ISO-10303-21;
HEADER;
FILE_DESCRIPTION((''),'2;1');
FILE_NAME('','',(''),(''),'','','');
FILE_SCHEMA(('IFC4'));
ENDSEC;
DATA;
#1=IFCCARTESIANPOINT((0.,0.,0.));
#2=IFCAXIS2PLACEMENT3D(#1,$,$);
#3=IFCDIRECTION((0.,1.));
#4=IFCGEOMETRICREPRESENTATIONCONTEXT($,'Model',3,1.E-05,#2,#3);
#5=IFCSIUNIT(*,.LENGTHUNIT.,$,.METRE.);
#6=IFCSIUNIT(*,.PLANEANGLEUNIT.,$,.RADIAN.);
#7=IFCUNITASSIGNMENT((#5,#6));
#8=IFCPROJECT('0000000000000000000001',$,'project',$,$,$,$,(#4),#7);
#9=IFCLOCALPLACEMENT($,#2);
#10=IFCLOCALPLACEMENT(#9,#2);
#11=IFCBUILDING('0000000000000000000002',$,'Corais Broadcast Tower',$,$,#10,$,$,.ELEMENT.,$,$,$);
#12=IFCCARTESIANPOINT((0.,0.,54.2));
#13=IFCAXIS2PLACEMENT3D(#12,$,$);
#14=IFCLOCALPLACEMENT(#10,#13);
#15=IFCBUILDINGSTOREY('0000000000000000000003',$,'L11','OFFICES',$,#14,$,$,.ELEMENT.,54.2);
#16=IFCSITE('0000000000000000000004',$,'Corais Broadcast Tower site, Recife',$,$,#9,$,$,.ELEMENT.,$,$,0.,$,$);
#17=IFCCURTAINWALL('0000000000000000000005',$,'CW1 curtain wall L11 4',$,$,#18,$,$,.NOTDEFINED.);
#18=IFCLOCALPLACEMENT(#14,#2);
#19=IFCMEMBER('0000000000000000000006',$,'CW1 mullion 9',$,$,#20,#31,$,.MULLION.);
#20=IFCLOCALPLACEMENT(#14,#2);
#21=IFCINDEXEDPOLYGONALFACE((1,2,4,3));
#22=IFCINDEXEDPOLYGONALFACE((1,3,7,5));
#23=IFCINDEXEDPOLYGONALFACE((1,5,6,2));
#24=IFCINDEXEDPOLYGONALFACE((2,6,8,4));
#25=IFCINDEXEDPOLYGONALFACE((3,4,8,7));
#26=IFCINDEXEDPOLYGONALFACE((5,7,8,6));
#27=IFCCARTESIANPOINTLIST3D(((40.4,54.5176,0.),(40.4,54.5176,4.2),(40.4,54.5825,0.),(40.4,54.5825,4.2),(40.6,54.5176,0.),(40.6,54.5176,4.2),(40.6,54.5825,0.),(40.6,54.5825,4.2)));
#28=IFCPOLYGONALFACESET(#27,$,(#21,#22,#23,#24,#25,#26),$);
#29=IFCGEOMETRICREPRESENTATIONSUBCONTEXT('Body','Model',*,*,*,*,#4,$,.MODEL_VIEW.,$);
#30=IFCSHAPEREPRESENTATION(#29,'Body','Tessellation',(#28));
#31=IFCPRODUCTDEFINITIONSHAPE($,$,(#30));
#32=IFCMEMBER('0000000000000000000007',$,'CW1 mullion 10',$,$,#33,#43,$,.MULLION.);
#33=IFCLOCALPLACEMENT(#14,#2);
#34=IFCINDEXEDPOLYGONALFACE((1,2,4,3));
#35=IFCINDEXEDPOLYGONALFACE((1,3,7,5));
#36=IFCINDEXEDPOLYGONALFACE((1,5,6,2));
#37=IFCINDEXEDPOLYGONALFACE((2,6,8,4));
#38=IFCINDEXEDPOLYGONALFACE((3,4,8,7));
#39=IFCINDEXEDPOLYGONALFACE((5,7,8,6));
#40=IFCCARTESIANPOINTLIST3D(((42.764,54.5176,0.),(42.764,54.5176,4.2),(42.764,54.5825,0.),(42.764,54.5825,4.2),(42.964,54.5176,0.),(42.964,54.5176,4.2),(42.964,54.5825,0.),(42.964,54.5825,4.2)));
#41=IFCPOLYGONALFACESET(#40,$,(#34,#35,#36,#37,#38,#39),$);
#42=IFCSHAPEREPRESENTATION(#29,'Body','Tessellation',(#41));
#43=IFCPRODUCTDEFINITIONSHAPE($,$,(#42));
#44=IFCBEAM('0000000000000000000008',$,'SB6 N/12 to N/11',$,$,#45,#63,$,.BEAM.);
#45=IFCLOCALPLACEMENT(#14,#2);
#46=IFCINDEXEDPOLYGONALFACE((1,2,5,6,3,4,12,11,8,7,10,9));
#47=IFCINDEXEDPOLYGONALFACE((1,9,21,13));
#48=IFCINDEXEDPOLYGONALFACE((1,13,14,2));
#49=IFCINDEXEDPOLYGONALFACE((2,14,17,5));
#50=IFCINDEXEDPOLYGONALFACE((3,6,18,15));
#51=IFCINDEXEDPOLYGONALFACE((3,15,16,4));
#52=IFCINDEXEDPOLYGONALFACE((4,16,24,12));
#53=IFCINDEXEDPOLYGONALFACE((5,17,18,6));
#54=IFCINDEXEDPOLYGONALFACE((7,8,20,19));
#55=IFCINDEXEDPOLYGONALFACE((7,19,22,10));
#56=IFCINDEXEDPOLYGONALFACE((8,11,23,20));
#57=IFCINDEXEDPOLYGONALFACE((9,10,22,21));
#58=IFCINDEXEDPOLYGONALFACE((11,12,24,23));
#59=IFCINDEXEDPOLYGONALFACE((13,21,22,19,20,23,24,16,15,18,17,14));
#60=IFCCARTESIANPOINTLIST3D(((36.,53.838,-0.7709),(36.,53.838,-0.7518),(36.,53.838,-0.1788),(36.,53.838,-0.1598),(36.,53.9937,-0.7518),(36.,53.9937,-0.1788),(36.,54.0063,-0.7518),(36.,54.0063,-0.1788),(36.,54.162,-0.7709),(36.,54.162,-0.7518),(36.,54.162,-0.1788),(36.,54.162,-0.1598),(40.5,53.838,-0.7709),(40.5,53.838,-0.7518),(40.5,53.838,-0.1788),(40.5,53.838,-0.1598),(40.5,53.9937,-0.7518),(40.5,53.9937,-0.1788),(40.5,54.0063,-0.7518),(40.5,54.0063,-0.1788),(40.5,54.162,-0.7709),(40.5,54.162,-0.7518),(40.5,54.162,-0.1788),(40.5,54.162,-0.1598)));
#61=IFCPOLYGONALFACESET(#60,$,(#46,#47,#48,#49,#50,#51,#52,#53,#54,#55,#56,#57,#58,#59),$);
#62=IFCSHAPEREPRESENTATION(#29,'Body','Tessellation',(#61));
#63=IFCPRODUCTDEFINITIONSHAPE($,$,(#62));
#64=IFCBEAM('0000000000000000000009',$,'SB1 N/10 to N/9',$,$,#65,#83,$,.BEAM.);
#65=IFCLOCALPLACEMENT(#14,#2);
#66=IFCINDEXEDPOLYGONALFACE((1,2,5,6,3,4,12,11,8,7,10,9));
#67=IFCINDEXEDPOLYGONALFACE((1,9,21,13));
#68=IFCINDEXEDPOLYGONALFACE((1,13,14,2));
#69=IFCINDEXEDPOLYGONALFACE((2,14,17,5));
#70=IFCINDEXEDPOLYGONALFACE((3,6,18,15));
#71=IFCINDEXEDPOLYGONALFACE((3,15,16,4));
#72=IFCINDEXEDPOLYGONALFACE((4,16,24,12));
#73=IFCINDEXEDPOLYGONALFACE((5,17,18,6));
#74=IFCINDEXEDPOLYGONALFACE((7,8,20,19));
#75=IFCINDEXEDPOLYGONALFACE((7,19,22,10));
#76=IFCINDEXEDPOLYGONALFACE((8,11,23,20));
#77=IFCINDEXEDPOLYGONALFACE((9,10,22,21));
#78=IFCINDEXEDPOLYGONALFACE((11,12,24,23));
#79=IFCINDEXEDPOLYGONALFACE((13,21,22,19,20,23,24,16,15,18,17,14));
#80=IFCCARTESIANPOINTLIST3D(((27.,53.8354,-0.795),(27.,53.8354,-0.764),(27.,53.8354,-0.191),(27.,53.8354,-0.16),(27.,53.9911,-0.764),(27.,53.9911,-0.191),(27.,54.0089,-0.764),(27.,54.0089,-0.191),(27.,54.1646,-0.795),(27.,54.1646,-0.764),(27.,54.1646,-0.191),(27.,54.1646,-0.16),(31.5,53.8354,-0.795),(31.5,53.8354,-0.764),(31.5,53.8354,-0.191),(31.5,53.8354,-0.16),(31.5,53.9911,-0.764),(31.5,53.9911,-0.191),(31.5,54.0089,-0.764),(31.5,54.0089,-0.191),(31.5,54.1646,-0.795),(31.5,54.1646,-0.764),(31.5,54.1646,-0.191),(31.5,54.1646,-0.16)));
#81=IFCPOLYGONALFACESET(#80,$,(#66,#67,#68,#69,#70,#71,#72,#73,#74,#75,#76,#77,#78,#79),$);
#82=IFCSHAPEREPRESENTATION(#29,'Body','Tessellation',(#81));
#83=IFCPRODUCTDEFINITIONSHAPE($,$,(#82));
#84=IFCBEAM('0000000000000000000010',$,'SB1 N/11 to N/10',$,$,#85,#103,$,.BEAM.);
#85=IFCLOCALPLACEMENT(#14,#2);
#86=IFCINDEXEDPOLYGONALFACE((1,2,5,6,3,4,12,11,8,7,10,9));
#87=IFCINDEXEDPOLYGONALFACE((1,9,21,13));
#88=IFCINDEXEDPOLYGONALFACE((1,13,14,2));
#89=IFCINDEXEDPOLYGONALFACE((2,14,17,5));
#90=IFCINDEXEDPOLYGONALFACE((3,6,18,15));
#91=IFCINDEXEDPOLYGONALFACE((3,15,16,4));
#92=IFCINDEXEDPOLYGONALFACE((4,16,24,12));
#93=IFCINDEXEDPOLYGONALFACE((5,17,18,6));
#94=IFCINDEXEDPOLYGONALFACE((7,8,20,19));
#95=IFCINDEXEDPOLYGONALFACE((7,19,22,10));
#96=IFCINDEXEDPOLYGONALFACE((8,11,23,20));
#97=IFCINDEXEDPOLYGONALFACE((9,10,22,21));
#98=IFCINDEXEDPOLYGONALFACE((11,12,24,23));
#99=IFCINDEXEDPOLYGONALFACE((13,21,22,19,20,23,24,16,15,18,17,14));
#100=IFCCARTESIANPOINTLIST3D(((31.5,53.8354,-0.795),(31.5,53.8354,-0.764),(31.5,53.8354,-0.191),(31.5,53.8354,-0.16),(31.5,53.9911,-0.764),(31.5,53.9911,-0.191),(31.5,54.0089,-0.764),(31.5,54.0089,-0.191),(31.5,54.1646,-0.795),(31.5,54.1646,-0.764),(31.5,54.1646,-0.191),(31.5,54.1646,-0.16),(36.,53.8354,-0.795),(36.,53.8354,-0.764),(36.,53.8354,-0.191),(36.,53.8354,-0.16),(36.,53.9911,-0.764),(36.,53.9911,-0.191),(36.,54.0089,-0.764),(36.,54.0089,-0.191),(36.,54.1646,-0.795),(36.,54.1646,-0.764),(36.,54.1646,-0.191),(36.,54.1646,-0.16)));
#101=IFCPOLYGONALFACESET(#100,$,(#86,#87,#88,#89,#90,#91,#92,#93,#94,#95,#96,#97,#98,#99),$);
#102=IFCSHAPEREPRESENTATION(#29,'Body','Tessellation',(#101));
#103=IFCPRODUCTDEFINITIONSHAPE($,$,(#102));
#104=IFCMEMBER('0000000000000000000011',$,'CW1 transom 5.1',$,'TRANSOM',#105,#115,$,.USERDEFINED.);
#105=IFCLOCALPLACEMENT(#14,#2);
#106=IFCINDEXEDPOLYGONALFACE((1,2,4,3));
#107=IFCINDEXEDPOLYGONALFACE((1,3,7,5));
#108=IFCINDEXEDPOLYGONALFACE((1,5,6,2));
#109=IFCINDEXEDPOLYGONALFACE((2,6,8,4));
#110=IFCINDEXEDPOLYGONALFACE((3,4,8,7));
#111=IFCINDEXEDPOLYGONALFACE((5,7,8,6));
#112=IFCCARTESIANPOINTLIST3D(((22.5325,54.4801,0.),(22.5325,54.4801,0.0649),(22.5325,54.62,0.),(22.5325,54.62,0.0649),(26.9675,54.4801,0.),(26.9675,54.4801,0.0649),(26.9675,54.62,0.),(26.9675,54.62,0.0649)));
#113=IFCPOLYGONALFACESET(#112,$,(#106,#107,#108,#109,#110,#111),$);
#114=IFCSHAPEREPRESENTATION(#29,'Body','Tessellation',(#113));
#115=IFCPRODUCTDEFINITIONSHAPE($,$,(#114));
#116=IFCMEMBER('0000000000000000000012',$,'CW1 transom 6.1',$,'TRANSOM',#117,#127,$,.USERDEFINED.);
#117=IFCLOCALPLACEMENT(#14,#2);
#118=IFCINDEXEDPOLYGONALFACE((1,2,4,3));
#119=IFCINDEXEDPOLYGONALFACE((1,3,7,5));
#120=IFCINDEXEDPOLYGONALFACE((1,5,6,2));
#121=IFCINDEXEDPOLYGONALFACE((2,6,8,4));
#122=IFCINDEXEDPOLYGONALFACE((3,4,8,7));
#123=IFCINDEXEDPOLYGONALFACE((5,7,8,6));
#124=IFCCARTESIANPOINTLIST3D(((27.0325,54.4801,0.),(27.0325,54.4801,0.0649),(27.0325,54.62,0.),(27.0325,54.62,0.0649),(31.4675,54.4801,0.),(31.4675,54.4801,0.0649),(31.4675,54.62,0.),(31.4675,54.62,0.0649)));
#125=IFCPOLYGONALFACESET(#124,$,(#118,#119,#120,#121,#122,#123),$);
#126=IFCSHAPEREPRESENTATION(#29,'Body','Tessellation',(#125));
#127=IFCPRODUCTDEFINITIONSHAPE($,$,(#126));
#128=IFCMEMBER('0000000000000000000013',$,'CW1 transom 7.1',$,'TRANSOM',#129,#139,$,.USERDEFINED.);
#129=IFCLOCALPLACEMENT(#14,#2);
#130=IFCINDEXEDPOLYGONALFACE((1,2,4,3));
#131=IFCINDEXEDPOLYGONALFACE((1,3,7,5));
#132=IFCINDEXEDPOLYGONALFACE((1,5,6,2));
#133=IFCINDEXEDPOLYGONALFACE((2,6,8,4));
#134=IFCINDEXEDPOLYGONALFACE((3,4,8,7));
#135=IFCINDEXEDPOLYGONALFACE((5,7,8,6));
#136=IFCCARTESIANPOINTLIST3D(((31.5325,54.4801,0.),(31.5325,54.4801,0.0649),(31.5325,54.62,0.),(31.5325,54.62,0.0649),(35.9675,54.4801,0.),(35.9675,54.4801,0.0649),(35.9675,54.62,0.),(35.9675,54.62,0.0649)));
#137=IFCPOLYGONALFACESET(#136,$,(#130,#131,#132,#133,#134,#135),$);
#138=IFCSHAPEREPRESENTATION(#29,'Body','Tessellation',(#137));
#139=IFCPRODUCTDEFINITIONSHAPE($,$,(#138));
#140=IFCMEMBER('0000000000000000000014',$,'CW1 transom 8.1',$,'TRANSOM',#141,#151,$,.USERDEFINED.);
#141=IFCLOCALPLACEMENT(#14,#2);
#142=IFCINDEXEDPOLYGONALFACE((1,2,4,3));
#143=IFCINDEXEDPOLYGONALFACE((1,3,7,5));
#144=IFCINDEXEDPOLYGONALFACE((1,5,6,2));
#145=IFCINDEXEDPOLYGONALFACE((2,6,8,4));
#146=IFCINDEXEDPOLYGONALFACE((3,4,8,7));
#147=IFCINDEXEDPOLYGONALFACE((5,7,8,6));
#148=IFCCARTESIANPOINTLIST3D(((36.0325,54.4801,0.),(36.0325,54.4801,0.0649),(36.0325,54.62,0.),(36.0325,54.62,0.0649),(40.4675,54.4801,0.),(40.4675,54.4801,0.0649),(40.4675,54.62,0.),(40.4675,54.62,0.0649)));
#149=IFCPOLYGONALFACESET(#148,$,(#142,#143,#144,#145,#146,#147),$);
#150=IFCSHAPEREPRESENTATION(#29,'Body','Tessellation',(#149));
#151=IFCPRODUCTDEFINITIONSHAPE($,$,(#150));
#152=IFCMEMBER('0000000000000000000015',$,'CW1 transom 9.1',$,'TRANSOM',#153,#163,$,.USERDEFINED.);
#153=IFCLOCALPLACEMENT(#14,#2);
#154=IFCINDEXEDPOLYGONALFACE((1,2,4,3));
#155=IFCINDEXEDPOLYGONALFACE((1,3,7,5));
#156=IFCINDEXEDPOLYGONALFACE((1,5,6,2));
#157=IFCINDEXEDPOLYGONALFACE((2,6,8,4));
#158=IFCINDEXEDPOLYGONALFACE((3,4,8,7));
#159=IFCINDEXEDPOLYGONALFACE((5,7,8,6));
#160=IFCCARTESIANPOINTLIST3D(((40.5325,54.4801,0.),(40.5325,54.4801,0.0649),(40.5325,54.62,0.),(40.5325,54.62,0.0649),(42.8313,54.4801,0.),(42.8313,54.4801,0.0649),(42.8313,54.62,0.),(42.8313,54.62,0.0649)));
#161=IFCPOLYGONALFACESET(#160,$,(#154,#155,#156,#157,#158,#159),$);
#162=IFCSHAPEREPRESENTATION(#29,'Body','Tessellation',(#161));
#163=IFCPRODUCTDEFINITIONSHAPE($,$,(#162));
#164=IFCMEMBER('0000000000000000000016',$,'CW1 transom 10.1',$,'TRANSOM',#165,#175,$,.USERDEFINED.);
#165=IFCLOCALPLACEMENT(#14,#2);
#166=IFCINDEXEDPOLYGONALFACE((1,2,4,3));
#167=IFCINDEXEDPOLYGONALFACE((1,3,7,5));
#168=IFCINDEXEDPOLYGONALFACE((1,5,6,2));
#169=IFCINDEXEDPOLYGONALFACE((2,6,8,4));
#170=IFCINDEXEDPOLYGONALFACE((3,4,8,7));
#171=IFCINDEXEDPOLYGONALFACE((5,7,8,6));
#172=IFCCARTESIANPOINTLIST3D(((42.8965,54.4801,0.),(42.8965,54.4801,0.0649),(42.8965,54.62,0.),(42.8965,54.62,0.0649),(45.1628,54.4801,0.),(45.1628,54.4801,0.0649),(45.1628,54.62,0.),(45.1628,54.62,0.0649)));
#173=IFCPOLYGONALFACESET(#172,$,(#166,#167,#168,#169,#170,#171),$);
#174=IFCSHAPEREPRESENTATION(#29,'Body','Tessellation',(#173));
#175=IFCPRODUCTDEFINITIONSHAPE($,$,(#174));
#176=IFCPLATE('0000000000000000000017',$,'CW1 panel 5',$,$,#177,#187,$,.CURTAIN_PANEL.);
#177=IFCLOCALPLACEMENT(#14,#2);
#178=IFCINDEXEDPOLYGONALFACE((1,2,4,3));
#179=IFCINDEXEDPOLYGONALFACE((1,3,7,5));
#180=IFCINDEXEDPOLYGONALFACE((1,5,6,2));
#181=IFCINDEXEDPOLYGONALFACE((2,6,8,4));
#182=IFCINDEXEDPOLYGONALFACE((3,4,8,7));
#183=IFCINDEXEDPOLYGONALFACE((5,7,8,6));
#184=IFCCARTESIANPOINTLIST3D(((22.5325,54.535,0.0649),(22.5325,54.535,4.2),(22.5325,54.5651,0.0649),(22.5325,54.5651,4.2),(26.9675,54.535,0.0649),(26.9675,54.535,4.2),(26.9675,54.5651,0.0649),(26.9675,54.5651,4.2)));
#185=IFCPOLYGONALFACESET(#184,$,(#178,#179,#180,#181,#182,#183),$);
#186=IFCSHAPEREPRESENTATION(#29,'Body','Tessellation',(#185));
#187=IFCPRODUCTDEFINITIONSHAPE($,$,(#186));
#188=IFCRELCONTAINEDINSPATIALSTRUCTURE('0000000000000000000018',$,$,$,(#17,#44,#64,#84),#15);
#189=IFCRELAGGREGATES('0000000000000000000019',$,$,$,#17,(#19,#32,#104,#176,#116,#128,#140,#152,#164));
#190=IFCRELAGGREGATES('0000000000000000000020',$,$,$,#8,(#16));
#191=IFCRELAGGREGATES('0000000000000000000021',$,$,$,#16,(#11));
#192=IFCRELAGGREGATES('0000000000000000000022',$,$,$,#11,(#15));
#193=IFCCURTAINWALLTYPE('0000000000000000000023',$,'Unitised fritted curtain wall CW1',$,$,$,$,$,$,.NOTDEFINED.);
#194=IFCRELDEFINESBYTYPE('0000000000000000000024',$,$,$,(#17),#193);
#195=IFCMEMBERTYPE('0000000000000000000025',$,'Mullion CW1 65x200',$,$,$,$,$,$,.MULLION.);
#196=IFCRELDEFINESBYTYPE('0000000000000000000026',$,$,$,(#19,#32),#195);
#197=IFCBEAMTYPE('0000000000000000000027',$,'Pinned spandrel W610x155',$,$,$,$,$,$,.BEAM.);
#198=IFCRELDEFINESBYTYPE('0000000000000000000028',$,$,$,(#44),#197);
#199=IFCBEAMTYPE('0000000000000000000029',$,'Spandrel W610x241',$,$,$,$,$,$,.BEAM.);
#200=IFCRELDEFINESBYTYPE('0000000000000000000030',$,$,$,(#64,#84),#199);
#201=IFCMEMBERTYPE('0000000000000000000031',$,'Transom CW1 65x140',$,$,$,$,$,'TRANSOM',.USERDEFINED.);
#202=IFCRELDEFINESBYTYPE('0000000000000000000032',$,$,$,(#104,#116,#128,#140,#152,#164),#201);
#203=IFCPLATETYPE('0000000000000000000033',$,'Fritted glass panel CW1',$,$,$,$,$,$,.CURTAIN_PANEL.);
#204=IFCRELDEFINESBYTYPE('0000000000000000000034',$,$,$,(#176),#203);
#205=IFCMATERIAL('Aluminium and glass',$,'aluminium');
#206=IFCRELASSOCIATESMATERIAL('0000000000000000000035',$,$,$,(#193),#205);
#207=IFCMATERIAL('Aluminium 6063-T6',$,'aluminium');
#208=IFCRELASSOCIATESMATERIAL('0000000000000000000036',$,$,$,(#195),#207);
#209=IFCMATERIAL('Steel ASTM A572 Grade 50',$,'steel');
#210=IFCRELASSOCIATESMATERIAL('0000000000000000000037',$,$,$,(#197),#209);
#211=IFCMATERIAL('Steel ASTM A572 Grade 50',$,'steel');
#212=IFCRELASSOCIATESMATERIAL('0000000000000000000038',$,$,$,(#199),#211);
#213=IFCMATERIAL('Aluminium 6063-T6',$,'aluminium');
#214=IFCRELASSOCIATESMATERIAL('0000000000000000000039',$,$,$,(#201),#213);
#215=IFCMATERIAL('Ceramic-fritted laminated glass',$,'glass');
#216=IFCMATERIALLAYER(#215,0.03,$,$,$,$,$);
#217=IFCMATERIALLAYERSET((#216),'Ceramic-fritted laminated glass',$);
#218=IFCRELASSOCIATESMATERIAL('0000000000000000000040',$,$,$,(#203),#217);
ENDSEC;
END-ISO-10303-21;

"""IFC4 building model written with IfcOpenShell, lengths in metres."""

from ifc_helpers import new_model, si_unit, direction, frame, origin, origin_2d, place, context, subcontext, project, spatial, rectangle, i_section, extrude, material, layer, layer_set, material_profile, profile_set, type_object, element, aggregate, save


model = new_model("IFC4")

# Units and contexts
model_context = context("Model", 3, precision=1e-05, world=origin(), true_north=direction((0.0, 1.0)))
body_context = subcontext(model_context, "Body", "Model", "MODEL_VIEW")
ifc_project = project(units=[si_unit("LENGTHUNIT", "METRE"), si_unit("PLANEANGLEUNIT", "RADIAN")], contexts=[model_context])

# Site, building, storey
site_placement = place(None, origin())
site = spatial("IfcSite", under=ifc_project, at=site_placement, Name="Corais Broadcast Tower site, Recife", CompositionType="ELEMENT", RefElevation=0.0)
building_placement = place(site_placement, origin())
building = spatial("IfcBuilding", under=site, at=building_placement, Name="Corais Broadcast Tower", CompositionType="ELEMENT")
storey_placement = place(building_placement, frame((0.0, 0.0, 54.2)))
storey = spatial("IfcBuildingStorey", under=building, at=storey_placement, Name="L11", Description="OFFICES", CompositionType="ELEMENT", Elevation=54.2)

# Curtain wall, members
ifc_material_1 = material(Name="Aluminium and glass", Category="aluminium")
curtain_wall_type = type_object("IfcCurtainWallType", Name="Unitised fritted curtain wall CW1", PredefinedType="NOTDEFINED", material=ifc_material_1)
curtain_wall_placement = place(storey_placement, origin())
curtain_wall = element("IfcCurtainWall", 1, at=curtain_wall_placement, inside=storey, type_object=curtain_wall_type, Name="CW1 curtain wall L11 4", PredefinedType="NOTDEFINED")
ifc_material_2 = material(Name="Aluminium 6063-T6", Category="aluminium")
ifc_material_profile_1 = material_profile(ifc_material_2, rectangle(XDim=0.0649, YDim=0.2, at=origin_2d()), Name="Mullion CW1 65x200")
ifc_profile_set_1 = profile_set([ifc_material_profile_1], Name="Aluminium 6063-T6")
member_type_1 = type_object("IfcMemberType", Name="Mullion CW1 65x200", PredefinedType="MULLION", material=ifc_profile_set_1)
member_1_placement = place(storey_placement, frame((40.5, 54.55, 0.0), z_axis=(0.0, 0.0, 1.0), x_axis=(0.0, 1.0, 0.0)))
member_1 = element("IfcMember", 2, at=member_1_placement, type_object=member_type_1, Name="CW1 mullion 9", PredefinedType="MULLION", context=body_context, shape_type="SweptSolid", body=[
    extrude(rectangle(XDim=0.0649, YDim=0.2, at=origin_2d()), origin(), (0.0, 0.0, 1.0), 4.2),
])
member_2_placement = place(storey_placement, frame((42.864, 54.55, 0.0), z_axis=(0.0, 0.0, 1.0), x_axis=(0.0, 1.0, 0.0)))
member_2 = element("IfcMember", 3, at=member_2_placement, type_object=member_type_1, Name="CW1 mullion 10", PredefinedType="MULLION", context=body_context, shape_type="SweptSolid", body=[
    extrude(rectangle(XDim=0.0649, YDim=0.2, at=origin_2d()), origin(), (0.0, 0.0, 1.0), 4.2),
])

# Beams
ifc_material_3 = material(Name="Steel ASTM A572 Grade 50", Category="steel")
ifc_material_profile_2 = material_profile(ifc_material_3, i_section(OverallWidth=0.324, OverallDepth=0.6111, WebThickness=0.0127, FlangeThickness=0.019, at=origin_2d()), Name="W610x155")
ifc_profile_set_2 = profile_set([ifc_material_profile_2], Name="Steel ASTM A572 Grade 50")
beam_type_1 = type_object("IfcBeamType", Name="Pinned spandrel W610x155", PredefinedType="BEAM", material=ifc_profile_set_2)
beam_1_placement = place(storey_placement, frame((40.5, 54.0, -0.4653), z_axis=(-1.0, 0.0, 0.0), x_axis=(0.0, -1.0, 0.0)))
element("IfcBeam", 4, at=beam_1_placement, inside=storey, type_object=beam_type_1, Name="SB6 N/12 to N/11", PredefinedType="BEAM", context=body_context, shape_type="SweptSolid", body=[
    extrude(i_section(OverallWidth=0.324, OverallDepth=0.6111, WebThickness=0.0127, FlangeThickness=0.019, at=origin_2d()), origin(), (0.0, 0.0, 1.0), 4.5),
])
ifc_material_4 = material(Name="Steel ASTM A572 Grade 50", Category="steel")
ifc_material_profile_3 = material_profile(ifc_material_4, i_section(OverallWidth=0.3291, OverallDepth=0.635, WebThickness=0.0178, FlangeThickness=0.031, at=origin_2d()), Name="W610x241")
ifc_profile_set_3 = profile_set([ifc_material_profile_3], Name="Steel ASTM A572 Grade 50")
beam_type_2 = type_object("IfcBeamType", Name="Spandrel W610x241", PredefinedType="BEAM", material=ifc_profile_set_3)
for number, where, z_axis, x_axis, name in (
    (5, (31.5, 54.0, -0.4775), (-1.0, 0.0, 0.0), (0.0, -1.0, 0.0), "SB1 N/10 to N/9"),
    (6, (36.0, 54.0, -0.4775), (-1.0, 0.0, 0.0), (0.0, -1.0, 0.0), "SB1 N/11 to N/10"),
):
    element("IfcBeam", number, at=place(storey_placement, frame(where, z_axis=z_axis, x_axis=x_axis)), inside=storey, type_object=beam_type_2, Name=name, PredefinedType="BEAM", context=body_context, shape_type="SweptSolid", body=[
        extrude(i_section(OverallWidth=0.3291, OverallDepth=0.635, WebThickness=0.0178, FlangeThickness=0.031, at=origin_2d()), origin(), (0.0, 0.0, 1.0), 4.5),
    ])

# Members
ifc_material_5 = material(Name="Aluminium 6063-T6", Category="aluminium")
ifc_material_profile_4 = material_profile(ifc_material_5, rectangle(XDim=0.1399, YDim=0.0649, at=origin_2d()), Name="Transom CW1 65x140")
ifc_profile_set_4 = profile_set([ifc_material_profile_4], Name="Aluminium 6063-T6")
member_type_2 = type_object("IfcMemberType", Name="Transom CW1 65x140", ElementType="TRANSOM", PredefinedType="USERDEFINED", material=ifc_profile_set_4)
member_3_placement = place(storey_placement, frame((22.5325, 54.55, 0.0325), z_axis=(1.0, 0.0, 0.0), x_axis=(0.0, 1.0, 0.0)))
member_3 = element("IfcMember", 7, at=member_3_placement, type_object=member_type_2, Name="CW1 transom 5.1", ObjectType="TRANSOM", PredefinedType="USERDEFINED", context=body_context, shape_type="SweptSolid", body=[
    extrude(rectangle(XDim=0.1399, YDim=0.0649, at=origin_2d()), origin(), (0.0, 0.0, 1.0), 4.4351),
])
member_4_placement = place(storey_placement, frame((27.0325, 54.55, 0.0325), z_axis=(1.0, 0.0, 0.0), x_axis=(0.0, 1.0, 0.0)))
member_4 = element("IfcMember", 8, at=member_4_placement, type_object=member_type_2, Name="CW1 transom 6.1", ObjectType="TRANSOM", PredefinedType="USERDEFINED", context=body_context, shape_type="SweptSolid", body=[
    extrude(rectangle(XDim=0.1399, YDim=0.0649, at=origin_2d()), origin(), (0.0, 0.0, 1.0), 4.4351),
])
member_5_placement = place(storey_placement, frame((31.5325, 54.55, 0.0325), z_axis=(1.0, 0.0, 0.0), x_axis=(0.0, 1.0, 0.0)))
member_5 = element("IfcMember", 9, at=member_5_placement, type_object=member_type_2, Name="CW1 transom 7.1", ObjectType="TRANSOM", PredefinedType="USERDEFINED", context=body_context, shape_type="SweptSolid", body=[
    extrude(rectangle(XDim=0.1399, YDim=0.0649, at=origin_2d()), origin(), (0.0, 0.0, 1.0), 4.4351),
])
member_6_placement = place(storey_placement, frame((36.0325, 54.55, 0.0325), z_axis=(1.0, 0.0, 0.0), x_axis=(0.0, 1.0, 0.0)))
member_6 = element("IfcMember", 10, at=member_6_placement, type_object=member_type_2, Name="CW1 transom 8.1", ObjectType="TRANSOM", PredefinedType="USERDEFINED", context=body_context, shape_type="SweptSolid", body=[
    extrude(rectangle(XDim=0.1399, YDim=0.0649, at=origin_2d()), origin(), (0.0, 0.0, 1.0), 4.4351),
])
member_7_placement = place(storey_placement, frame((40.5325, 54.55, 0.0325), z_axis=(1.0, 0.0, 0.0), x_axis=(0.0, 1.0, 0.0)))
member_7 = element("IfcMember", 11, at=member_7_placement, type_object=member_type_2, Name="CW1 transom 9.1", ObjectType="TRANSOM", PredefinedType="USERDEFINED", context=body_context, shape_type="SweptSolid", body=[
    extrude(rectangle(XDim=0.1399, YDim=0.0649, at=origin_2d()), origin(), (0.0, 0.0, 1.0), 2.2988),
])
member_8_placement = place(storey_placement, frame((42.8965, 54.55, 0.0325), z_axis=(1.0, 0.0, 0.0), x_axis=(0.0, 1.0, 0.0)))
member_8 = element("IfcMember", 12, at=member_8_placement, type_object=member_type_2, Name="CW1 transom 10.1", ObjectType="TRANSOM", PredefinedType="USERDEFINED", context=body_context, shape_type="SweptSolid", body=[
    extrude(rectangle(XDim=0.1399, YDim=0.0649, at=origin_2d()), origin(), (0.0, 0.0, 1.0), 2.2664),
])

# Plate
ifc_material_6 = material(Name="Ceramic-fritted laminated glass", Category="glass")
ifc_layer_1 = layer(ifc_material_6, 0.03)
ifc_layer_set_1 = layer_set([ifc_layer_1], Name="Ceramic-fritted laminated glass")
plate_type_1 = type_object("IfcPlateType", Name="Fritted glass panel CW1", PredefinedType="CURTAIN_PANEL", material=ifc_layer_set_1)
plate_1_placement = place(storey_placement, frame((24.75, 54.55, 0.0649), z_axis=(0.0, 0.0, 1.0), x_axis=(1.0, 0.0, 0.0)))
plate_1 = element("IfcPlate", 13, at=plate_1_placement, type_object=plate_type_1, Name="CW1 panel 5", PredefinedType="CURTAIN_PANEL", context=body_context, shape_type="SweptSolid", body=[
    extrude(rectangle(XDim=4.4351, YDim=0.03, at=origin_2d()), origin(), (0.0, 0.0, 1.0), 4.135),
])
aggregate(curtain_wall, [member_1, member_2, member_3, plate_1, member_4, member_5, member_6, member_7, member_8])

save(model, "model.ifc")
